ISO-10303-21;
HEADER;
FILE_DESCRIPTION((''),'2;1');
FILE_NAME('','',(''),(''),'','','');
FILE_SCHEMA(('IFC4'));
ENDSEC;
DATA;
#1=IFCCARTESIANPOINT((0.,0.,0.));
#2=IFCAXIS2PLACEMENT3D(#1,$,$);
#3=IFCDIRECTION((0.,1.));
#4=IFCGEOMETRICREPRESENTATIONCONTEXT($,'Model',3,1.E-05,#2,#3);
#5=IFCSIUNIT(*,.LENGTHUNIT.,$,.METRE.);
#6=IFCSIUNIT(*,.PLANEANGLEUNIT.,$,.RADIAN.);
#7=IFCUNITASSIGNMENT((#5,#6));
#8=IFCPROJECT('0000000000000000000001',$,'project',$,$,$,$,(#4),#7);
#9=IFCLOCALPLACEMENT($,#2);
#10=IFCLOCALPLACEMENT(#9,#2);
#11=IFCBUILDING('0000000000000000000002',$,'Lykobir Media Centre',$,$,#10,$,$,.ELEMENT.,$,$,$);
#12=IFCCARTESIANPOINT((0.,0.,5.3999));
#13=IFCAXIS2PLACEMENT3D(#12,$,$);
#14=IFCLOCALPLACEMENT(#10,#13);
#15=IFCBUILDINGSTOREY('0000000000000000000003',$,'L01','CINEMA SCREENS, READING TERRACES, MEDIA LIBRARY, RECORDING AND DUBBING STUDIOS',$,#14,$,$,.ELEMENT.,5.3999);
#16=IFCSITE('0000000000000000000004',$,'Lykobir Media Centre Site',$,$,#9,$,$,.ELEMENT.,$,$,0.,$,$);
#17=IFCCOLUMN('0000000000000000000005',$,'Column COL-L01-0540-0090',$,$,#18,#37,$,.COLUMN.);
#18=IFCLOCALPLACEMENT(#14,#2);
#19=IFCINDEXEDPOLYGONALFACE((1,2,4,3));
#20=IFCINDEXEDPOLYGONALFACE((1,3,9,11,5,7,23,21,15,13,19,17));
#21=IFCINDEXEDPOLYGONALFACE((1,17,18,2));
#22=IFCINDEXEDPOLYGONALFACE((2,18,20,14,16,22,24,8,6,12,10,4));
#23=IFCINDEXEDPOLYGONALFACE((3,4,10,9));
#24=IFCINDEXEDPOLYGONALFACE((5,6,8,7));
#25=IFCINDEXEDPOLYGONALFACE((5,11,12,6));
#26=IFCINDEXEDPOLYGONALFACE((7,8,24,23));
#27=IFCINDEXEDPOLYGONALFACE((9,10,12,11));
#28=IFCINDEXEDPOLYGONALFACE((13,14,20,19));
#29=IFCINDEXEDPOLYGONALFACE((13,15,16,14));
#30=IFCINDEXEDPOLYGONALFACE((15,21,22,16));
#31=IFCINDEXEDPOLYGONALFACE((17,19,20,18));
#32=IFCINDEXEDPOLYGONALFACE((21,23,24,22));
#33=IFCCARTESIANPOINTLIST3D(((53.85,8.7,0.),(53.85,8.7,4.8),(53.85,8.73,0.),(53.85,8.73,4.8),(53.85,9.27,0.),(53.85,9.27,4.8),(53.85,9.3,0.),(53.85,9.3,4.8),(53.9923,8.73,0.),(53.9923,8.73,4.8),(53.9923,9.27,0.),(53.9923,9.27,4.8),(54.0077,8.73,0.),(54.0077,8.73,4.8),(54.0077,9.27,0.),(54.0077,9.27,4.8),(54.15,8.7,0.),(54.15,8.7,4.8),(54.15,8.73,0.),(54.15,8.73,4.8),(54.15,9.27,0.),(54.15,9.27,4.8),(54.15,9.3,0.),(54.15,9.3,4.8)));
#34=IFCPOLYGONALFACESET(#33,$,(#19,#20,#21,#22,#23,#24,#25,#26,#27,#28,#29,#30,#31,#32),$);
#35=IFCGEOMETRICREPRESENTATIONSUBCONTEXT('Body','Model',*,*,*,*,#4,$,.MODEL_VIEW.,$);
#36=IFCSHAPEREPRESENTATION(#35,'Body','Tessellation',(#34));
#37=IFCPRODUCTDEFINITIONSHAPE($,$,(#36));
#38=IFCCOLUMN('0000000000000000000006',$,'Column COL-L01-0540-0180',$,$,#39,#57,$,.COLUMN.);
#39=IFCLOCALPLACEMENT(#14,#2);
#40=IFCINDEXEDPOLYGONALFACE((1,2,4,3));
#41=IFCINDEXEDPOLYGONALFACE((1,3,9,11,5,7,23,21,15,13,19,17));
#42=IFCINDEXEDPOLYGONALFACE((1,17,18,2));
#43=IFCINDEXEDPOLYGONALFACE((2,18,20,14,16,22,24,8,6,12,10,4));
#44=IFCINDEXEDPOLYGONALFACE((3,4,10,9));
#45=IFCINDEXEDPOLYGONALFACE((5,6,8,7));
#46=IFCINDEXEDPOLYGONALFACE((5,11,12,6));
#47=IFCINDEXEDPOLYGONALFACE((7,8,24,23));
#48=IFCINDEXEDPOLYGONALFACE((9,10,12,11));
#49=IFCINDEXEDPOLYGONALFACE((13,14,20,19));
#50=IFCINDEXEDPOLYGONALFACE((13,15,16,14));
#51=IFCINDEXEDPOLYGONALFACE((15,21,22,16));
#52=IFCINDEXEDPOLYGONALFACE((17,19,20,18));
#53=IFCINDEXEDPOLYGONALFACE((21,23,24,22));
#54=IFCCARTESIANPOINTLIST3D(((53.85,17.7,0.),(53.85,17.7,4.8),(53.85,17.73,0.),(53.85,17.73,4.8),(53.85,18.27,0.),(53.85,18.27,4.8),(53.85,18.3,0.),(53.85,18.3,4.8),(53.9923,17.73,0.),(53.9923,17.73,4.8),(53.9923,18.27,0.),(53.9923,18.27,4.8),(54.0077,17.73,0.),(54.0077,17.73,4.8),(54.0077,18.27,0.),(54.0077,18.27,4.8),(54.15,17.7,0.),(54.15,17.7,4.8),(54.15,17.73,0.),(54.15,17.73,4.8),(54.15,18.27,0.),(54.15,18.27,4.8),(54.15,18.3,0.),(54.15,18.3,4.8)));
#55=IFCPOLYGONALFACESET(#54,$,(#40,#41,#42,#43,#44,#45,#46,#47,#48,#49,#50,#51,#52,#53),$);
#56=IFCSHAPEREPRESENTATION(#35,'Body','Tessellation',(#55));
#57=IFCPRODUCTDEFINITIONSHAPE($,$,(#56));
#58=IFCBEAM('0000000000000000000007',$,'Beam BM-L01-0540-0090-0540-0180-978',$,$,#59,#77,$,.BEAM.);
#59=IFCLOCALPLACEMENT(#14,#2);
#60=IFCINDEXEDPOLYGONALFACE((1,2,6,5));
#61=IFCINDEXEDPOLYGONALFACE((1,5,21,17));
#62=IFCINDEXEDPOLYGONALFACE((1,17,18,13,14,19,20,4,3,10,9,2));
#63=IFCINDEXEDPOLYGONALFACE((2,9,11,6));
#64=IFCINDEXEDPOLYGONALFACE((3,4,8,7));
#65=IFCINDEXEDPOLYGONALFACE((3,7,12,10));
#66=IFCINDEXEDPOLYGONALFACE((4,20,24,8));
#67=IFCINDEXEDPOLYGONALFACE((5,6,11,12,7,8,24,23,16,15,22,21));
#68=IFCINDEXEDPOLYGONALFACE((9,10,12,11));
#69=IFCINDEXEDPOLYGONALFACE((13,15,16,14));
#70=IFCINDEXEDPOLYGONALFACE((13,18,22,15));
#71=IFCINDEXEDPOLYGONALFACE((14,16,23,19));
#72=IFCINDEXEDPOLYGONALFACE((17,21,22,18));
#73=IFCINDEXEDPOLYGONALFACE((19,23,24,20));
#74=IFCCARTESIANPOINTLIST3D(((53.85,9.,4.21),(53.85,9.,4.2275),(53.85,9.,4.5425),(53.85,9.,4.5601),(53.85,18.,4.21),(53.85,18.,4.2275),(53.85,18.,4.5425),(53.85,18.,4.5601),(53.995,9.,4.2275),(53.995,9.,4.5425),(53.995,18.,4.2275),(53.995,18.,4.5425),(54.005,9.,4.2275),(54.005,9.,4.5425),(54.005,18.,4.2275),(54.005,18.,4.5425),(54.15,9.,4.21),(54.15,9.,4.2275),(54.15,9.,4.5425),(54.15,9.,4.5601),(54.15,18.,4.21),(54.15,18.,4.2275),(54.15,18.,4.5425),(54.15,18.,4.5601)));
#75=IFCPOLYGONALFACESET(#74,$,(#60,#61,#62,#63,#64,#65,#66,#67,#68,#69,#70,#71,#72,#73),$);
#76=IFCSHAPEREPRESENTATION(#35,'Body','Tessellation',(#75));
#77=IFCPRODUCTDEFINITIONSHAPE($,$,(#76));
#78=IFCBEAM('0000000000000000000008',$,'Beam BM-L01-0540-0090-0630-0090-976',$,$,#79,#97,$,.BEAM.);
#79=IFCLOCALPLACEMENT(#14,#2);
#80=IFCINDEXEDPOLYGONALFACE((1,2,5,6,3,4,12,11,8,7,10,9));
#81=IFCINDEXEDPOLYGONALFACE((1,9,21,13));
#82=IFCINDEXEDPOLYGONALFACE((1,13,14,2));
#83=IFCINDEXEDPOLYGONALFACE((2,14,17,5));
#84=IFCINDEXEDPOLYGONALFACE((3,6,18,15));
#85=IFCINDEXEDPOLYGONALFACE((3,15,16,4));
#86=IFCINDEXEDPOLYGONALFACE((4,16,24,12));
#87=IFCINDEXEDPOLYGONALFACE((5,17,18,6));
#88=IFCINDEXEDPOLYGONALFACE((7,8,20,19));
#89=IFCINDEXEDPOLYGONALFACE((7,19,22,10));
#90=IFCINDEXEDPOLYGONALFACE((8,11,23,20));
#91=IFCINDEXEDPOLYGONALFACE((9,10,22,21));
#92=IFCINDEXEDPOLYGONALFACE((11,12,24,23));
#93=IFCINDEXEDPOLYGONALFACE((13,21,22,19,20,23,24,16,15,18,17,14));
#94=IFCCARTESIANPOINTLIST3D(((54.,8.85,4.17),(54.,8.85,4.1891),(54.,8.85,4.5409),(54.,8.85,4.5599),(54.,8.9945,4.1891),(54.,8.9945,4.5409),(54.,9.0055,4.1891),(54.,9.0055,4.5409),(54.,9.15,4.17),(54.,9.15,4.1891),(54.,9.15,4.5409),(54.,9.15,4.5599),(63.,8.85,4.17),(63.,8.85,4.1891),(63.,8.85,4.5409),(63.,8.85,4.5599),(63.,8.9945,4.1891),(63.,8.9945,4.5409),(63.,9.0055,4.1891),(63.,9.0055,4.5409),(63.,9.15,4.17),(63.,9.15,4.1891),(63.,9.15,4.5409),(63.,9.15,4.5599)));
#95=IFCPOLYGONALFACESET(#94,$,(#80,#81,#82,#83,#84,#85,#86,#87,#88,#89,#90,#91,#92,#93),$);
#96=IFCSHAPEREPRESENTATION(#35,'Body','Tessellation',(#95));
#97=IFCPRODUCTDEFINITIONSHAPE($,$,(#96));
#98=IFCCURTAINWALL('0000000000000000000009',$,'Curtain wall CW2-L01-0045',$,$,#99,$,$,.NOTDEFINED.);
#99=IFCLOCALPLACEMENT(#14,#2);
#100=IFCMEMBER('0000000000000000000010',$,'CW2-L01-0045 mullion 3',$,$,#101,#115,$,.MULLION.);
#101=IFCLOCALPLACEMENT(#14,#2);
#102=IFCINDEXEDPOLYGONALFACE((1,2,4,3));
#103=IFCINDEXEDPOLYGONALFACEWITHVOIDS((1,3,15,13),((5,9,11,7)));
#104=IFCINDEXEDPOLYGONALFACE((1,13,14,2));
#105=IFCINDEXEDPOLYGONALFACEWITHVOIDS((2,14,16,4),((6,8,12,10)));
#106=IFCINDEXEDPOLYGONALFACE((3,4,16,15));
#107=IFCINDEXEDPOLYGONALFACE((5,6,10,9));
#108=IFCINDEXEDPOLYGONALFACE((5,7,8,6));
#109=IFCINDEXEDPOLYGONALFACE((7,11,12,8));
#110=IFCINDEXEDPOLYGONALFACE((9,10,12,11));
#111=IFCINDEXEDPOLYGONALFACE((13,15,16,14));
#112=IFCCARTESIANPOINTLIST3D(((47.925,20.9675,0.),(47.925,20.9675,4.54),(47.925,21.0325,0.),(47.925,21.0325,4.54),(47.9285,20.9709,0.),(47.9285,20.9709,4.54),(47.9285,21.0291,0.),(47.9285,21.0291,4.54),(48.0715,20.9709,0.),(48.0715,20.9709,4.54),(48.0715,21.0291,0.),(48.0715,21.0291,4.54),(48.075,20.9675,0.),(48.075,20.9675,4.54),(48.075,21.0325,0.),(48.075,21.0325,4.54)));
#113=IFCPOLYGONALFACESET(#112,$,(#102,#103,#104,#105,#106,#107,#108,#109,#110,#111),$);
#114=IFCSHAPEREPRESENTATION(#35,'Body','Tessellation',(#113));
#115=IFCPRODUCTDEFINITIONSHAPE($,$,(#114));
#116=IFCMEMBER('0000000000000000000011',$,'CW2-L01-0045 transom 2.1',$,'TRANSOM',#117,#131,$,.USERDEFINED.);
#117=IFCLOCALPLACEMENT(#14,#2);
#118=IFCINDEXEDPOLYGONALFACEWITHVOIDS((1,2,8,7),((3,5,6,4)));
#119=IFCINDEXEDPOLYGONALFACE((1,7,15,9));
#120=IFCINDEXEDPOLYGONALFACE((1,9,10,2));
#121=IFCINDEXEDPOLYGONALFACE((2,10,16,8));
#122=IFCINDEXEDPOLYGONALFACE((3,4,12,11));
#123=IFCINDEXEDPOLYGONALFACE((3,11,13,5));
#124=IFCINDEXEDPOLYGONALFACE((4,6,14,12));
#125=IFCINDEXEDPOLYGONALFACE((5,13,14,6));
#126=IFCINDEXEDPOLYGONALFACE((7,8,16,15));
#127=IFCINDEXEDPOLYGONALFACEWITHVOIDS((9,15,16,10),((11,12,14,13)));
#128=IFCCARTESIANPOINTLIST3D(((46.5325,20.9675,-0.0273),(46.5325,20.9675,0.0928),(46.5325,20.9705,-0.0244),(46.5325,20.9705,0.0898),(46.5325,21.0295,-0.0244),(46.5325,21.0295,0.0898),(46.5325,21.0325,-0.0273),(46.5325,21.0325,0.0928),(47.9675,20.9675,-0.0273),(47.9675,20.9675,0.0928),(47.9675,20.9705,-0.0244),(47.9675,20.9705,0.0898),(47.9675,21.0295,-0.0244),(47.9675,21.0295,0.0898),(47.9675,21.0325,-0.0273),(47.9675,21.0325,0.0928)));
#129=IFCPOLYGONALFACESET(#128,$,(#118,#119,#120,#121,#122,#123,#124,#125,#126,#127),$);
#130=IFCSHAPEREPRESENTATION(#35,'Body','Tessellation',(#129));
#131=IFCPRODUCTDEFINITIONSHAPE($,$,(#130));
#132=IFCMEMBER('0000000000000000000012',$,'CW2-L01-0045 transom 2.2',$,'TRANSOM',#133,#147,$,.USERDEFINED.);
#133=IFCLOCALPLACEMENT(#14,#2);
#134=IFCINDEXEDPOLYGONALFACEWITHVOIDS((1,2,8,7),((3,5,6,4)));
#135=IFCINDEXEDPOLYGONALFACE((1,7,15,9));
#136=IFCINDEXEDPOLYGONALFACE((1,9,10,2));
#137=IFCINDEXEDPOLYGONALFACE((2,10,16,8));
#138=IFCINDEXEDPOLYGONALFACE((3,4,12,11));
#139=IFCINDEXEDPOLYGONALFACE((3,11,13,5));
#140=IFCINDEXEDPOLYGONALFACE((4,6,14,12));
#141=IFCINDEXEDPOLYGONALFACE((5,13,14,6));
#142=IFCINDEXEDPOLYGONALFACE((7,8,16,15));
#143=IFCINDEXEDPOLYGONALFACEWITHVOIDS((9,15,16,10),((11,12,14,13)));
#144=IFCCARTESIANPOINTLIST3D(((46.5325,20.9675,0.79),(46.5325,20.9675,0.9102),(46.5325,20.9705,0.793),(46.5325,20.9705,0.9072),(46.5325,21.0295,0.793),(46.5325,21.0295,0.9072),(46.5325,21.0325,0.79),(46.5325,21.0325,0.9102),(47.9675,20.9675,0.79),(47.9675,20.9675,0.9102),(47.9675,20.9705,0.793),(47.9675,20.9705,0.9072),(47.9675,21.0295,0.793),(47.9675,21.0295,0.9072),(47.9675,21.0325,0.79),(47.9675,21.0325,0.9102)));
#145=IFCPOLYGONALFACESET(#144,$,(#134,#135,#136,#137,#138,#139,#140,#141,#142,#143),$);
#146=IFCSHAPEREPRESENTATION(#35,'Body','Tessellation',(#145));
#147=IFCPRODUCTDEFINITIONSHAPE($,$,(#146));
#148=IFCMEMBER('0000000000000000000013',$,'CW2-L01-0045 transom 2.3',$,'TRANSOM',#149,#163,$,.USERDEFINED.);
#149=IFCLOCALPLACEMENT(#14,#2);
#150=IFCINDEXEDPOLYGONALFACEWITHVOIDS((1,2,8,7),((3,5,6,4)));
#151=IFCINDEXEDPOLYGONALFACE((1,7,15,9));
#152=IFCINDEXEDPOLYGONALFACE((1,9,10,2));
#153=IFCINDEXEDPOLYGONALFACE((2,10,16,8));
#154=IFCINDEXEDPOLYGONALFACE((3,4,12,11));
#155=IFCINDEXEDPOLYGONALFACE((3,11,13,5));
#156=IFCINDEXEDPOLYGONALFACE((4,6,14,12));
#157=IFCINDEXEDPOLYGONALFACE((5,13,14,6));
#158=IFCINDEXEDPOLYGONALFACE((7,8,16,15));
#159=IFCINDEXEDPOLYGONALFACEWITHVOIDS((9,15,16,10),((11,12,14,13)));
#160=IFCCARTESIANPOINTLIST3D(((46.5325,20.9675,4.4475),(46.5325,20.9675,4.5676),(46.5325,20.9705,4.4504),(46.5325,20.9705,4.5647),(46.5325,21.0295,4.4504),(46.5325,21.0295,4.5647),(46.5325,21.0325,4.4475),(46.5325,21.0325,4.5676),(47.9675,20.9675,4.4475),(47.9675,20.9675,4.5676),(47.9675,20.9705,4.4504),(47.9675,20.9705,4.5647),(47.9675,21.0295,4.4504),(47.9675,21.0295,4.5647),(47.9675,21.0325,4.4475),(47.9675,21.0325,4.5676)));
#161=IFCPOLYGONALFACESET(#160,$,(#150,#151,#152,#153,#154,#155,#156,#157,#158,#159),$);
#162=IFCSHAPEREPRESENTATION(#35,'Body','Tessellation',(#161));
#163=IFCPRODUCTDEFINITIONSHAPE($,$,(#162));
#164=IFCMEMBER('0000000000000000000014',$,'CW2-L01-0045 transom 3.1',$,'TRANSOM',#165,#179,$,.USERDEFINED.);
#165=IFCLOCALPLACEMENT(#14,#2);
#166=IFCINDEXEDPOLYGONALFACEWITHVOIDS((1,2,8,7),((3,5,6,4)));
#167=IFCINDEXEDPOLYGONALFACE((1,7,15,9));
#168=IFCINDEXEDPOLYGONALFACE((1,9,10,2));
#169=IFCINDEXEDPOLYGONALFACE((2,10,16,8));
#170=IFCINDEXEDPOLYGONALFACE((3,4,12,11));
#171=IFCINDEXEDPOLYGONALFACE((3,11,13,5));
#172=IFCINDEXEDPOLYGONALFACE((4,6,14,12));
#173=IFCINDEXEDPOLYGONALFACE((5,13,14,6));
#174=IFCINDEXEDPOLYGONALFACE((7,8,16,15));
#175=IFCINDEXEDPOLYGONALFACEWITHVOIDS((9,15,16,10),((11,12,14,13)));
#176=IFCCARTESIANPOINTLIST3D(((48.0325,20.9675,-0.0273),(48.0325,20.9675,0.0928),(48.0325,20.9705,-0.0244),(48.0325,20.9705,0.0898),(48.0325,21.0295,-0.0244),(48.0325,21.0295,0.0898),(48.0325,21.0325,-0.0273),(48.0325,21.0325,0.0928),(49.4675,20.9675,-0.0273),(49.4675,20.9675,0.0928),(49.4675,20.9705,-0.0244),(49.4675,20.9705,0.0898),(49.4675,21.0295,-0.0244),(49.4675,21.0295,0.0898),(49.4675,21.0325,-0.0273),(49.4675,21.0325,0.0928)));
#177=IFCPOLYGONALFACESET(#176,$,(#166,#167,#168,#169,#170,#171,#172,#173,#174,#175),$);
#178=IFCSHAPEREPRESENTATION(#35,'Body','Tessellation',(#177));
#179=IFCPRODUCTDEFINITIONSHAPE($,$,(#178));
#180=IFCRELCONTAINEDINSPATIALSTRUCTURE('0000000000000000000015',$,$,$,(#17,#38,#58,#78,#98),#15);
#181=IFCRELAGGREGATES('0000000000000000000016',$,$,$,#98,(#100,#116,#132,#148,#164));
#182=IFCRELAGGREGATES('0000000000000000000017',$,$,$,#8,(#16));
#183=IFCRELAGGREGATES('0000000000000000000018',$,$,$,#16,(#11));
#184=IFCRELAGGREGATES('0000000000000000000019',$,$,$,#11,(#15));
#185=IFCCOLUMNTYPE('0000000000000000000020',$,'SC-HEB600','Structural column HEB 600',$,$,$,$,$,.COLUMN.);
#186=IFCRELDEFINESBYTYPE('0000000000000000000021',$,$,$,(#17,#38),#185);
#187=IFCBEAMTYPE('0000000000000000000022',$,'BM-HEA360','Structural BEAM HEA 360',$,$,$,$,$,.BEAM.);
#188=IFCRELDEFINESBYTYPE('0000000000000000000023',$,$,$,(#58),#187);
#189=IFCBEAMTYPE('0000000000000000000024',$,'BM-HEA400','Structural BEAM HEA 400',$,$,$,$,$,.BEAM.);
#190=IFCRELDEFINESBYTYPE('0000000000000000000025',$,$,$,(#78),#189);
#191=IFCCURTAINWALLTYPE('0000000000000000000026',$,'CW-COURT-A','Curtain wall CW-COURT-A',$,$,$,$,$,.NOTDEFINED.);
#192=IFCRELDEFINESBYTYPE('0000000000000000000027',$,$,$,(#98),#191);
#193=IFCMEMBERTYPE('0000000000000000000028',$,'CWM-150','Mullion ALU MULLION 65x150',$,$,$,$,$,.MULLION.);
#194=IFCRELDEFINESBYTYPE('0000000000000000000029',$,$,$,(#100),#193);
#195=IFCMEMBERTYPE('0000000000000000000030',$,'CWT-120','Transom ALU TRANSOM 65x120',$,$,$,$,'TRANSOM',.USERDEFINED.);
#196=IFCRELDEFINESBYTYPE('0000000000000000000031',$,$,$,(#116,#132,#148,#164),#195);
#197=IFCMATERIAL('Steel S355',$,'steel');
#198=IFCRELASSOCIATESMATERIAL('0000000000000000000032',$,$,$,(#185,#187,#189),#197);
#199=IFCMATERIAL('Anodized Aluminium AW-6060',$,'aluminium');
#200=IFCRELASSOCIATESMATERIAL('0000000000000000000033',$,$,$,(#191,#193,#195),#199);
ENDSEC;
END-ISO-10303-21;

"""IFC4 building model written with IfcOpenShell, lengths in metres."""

from ifc_helpers import new_model, si_unit, direction, frame, origin, origin_2d, place, context, subcontext, project, spatial, hollow_rectangle, i_section, extrude, material, material_profile, profile_set, type_object, element, aggregate, save


model = new_model("IFC4")

# Units and contexts
model_context = context("Model", 3, precision=1e-05, world=origin(), true_north=direction((0.0, 1.0)))
body_context = subcontext(model_context, "Body", "Model", "MODEL_VIEW")
ifc_project = project(units=[si_unit("LENGTHUNIT", "METRE"), si_unit("PLANEANGLEUNIT", "RADIAN")], contexts=[model_context])

# Site, building, storey
site_placement = place(None, origin())
site = spatial("IfcSite", under=ifc_project, at=site_placement, Name="Lykobir Media Centre Site", CompositionType="ELEMENT", RefElevation=0.0)
building_placement = place(site_placement, origin())
building = spatial("IfcBuilding", under=site, at=building_placement, Name="Lykobir Media Centre", CompositionType="ELEMENT")
storey_placement = place(building_placement, frame((0.0, 0.0, 5.3999)))
storey = spatial("IfcBuildingStorey", under=building, at=storey_placement, Name="L01", Description="CINEMA SCREENS, READING TERRACES, MEDIA LIBRARY, RECORDING AND DUBBING STUDIOS", CompositionType="ELEMENT", Elevation=5.3999)

# Columns
ifc_material_1 = material(Name="Steel S355", Category="steel")
ifc_material_profile_1 = material_profile(ifc_material_1, i_section(OverallWidth=0.3, OverallDepth=0.6001, WebThickness=0.0154, FlangeThickness=0.03, at=origin_2d()), Name="HEB 600")
ifc_profile_set_1 = profile_set([ifc_material_profile_1], Name="Steel S355")
column_type = type_object("IfcColumnType", Name="SC-HEB600", Description="Structural column HEB 600", PredefinedType="COLUMN", material=ifc_profile_set_1)
for number, where, z_axis, x_axis, name in (
    (1, (54.0, 9.0, 0.0), (0.0, 0.0, 1.0), (1.0, 0.0, 0.0), "Column COL-L01-0540-0090"),
    (2, (54.0, 18.0, 0.0), (0.0, 0.0, 1.0), (1.0, 0.0, 0.0), "Column COL-L01-0540-0180"),
):
    element("IfcColumn", number, at=place(storey_placement, frame(where, z_axis=z_axis, x_axis=x_axis)), inside=storey, type_object=column_type, Name=name, PredefinedType="COLUMN", context=body_context, shape_type="SweptSolid", body=[
        extrude(i_section(OverallWidth=0.3, OverallDepth=0.6001, WebThickness=0.0154, FlangeThickness=0.03, at=origin_2d()), origin(), (0.0, 0.0, 1.0), 4.8),
    ])

# Beams
ifc_material_profile_2 = material_profile(ifc_material_1, i_section(OverallWidth=0.3, OverallDepth=0.3501, WebThickness=0.01, FlangeThickness=0.0176, at=origin_2d()), Name="HEA 360")
ifc_profile_set_2 = profile_set([ifc_material_profile_2], Name="Steel S355")
beam_type_1 = type_object("IfcBeamType", Name="BM-HEA360", Description="Structural BEAM HEA 360", PredefinedType="BEAM", material=ifc_profile_set_2)
beam_1_placement = place(storey_placement, frame((54.0, 9.0, 4.385), z_axis=(0.0, 1.0, 0.0), x_axis=(-1.0, 0.0, 0.0)))
element("IfcBeam", 3, at=beam_1_placement, inside=storey, type_object=beam_type_1, Name="Beam BM-L01-0540-0090-0540-0180-978", PredefinedType="BEAM", context=body_context, shape_type="SweptSolid", body=[
    extrude(i_section(OverallWidth=0.3, OverallDepth=0.3501, WebThickness=0.01, FlangeThickness=0.0176, at=origin_2d()), origin(), (0.0, 0.0, 1.0), 9.0),
])
ifc_material_profile_3 = material_profile(ifc_material_1, i_section(OverallWidth=0.3, OverallDepth=0.3899, WebThickness=0.011, FlangeThickness=0.019, at=origin_2d()), Name="HEA 400")
ifc_profile_set_3 = profile_set([ifc_material_profile_3], Name="Steel S355")
beam_type_2 = type_object("IfcBeamType", Name="BM-HEA400", Description="Structural BEAM HEA 400", PredefinedType="BEAM", material=ifc_profile_set_3)
beam_2_placement = place(storey_placement, frame((54.0, 9.0, 4.365), z_axis=(1.0, 0.0, 0.0), x_axis=(0.0, 1.0, 0.0)))
element("IfcBeam", 4, at=beam_2_placement, inside=storey, type_object=beam_type_2, Name="Beam BM-L01-0540-0090-0630-0090-976", PredefinedType="BEAM", context=body_context, shape_type="SweptSolid", body=[
    extrude(i_section(OverallWidth=0.3, OverallDepth=0.3899, WebThickness=0.011, FlangeThickness=0.019, at=origin_2d()), origin(), (0.0, 0.0, 1.0), 9.0),
])

# Curtain wall, members
ifc_material_2 = material(Name="Anodized Aluminium AW-6060", Category="aluminium")
curtain_wall_type = type_object("IfcCurtainWallType", Name="CW-COURT-A", Description="Curtain wall CW-COURT-A", PredefinedType="NOTDEFINED", material=ifc_material_2)
curtain_wall_placement = place(storey_placement, origin())
curtain_wall = element("IfcCurtainWall", 5, at=curtain_wall_placement, inside=storey, type_object=curtain_wall_type, Name="Curtain wall CW2-L01-0045", PredefinedType="NOTDEFINED")
ifc_material_profile_4 = material_profile(ifc_material_2, hollow_rectangle(XDim=0.0649, YDim=0.1499, WallThickness=0.0034, at=origin_2d()), Name="ALU MULLION 65x150")
ifc_profile_set_4 = profile_set([ifc_material_profile_4], Name="Anodized Aluminium AW-6060")
member_type_1 = type_object("IfcMemberType", Name="CWM-150", Description="Mullion ALU MULLION 65x150", PredefinedType="MULLION", material=ifc_profile_set_4)
member_1_placement = place(storey_placement, frame((48.0, 21.0, 0.0), z_axis=(0.0, 0.0, 1.0), x_axis=(0.0, 1.0, 0.0)))
member_1 = element("IfcMember", 6, at=member_1_placement, type_object=member_type_1, Name="CW2-L01-0045 mullion 3", PredefinedType="MULLION", context=body_context, shape_type="SweptSolid", body=[
    extrude(hollow_rectangle(XDim=0.0649, YDim=0.1499, WallThickness=0.0034, at=origin_2d()), origin(), (0.0, 0.0, 1.0), 4.54),
])
ifc_material_profile_5 = material_profile(ifc_material_2, hollow_rectangle(XDim=0.0649, YDim=0.1201, WallThickness=0.0029, at=origin_2d()), Name="ALU TRANSOM 65x120")
ifc_profile_set_5 = profile_set([ifc_material_profile_5], Name="Anodized Aluminium AW-6060")
member_type_2 = type_object("IfcMemberType", Name="CWT-120", Description="Transom ALU TRANSOM 65x120", ElementType="TRANSOM", PredefinedType="USERDEFINED", material=ifc_profile_set_5)
member_2_placement = place(storey_placement, frame((46.5325, 21.0, 0.0327), z_axis=(1.0, 0.0, 0.0), x_axis=(0.0, 1.0, 0.0)))
member_2 = element("IfcMember", 7, at=member_2_placement, type_object=member_type_2, Name="CW2-L01-0045 transom 2.1", ObjectType="TRANSOM", PredefinedType="USERDEFINED", context=body_context, shape_type="SweptSolid", body=[
    extrude(hollow_rectangle(XDim=0.0649, YDim=0.1201, WallThickness=0.0029, at=origin_2d()), origin(), (0.0, 0.0, 1.0), 1.4351),
])
member_3_placement = place(storey_placement, frame((46.5325, 21.0, 0.8501), z_axis=(1.0, 0.0, 0.0), x_axis=(0.0, 1.0, 0.0)))
member_3 = element("IfcMember", 8, at=member_3_placement, type_object=member_type_2, Name="CW2-L01-0045 transom 2.2", ObjectType="TRANSOM", PredefinedType="USERDEFINED", context=body_context, shape_type="SweptSolid", body=[
    extrude(hollow_rectangle(XDim=0.0649, YDim=0.1201, WallThickness=0.0029, at=origin_2d()), origin(), (0.0, 0.0, 1.0), 1.4351),
])
member_4_placement = place(storey_placement, frame((46.5325, 21.0, 4.5076), z_axis=(1.0, 0.0, 0.0), x_axis=(0.0, 1.0, 0.0)))
member_4 = element("IfcMember", 9, at=member_4_placement, type_object=member_type_2, Name="CW2-L01-0045 transom 2.3", ObjectType="TRANSOM", PredefinedType="USERDEFINED", context=body_context, shape_type="SweptSolid", body=[
    extrude(hollow_rectangle(XDim=0.0649, YDim=0.1201, WallThickness=0.0029, at=origin_2d()), origin(), (0.0, 0.0, 1.0), 1.4351),
])
member_5_placement = place(storey_placement, frame((48.0325, 21.0, 0.0327), z_axis=(1.0, 0.0, 0.0), x_axis=(0.0, 1.0, 0.0)))
member_5 = element("IfcMember", 10, at=member_5_placement, type_object=member_type_2, Name="CW2-L01-0045 transom 3.1", ObjectType="TRANSOM", PredefinedType="USERDEFINED", context=body_context, shape_type="SweptSolid", body=[
    extrude(hollow_rectangle(XDim=0.0649, YDim=0.1201, WallThickness=0.0029, at=origin_2d()), origin(), (0.0, 0.0, 1.0), 1.4351),
])

aggregate(curtain_wall, [member_1, member_2, member_3, member_4, member_5])

save(model, "model.ifc")
